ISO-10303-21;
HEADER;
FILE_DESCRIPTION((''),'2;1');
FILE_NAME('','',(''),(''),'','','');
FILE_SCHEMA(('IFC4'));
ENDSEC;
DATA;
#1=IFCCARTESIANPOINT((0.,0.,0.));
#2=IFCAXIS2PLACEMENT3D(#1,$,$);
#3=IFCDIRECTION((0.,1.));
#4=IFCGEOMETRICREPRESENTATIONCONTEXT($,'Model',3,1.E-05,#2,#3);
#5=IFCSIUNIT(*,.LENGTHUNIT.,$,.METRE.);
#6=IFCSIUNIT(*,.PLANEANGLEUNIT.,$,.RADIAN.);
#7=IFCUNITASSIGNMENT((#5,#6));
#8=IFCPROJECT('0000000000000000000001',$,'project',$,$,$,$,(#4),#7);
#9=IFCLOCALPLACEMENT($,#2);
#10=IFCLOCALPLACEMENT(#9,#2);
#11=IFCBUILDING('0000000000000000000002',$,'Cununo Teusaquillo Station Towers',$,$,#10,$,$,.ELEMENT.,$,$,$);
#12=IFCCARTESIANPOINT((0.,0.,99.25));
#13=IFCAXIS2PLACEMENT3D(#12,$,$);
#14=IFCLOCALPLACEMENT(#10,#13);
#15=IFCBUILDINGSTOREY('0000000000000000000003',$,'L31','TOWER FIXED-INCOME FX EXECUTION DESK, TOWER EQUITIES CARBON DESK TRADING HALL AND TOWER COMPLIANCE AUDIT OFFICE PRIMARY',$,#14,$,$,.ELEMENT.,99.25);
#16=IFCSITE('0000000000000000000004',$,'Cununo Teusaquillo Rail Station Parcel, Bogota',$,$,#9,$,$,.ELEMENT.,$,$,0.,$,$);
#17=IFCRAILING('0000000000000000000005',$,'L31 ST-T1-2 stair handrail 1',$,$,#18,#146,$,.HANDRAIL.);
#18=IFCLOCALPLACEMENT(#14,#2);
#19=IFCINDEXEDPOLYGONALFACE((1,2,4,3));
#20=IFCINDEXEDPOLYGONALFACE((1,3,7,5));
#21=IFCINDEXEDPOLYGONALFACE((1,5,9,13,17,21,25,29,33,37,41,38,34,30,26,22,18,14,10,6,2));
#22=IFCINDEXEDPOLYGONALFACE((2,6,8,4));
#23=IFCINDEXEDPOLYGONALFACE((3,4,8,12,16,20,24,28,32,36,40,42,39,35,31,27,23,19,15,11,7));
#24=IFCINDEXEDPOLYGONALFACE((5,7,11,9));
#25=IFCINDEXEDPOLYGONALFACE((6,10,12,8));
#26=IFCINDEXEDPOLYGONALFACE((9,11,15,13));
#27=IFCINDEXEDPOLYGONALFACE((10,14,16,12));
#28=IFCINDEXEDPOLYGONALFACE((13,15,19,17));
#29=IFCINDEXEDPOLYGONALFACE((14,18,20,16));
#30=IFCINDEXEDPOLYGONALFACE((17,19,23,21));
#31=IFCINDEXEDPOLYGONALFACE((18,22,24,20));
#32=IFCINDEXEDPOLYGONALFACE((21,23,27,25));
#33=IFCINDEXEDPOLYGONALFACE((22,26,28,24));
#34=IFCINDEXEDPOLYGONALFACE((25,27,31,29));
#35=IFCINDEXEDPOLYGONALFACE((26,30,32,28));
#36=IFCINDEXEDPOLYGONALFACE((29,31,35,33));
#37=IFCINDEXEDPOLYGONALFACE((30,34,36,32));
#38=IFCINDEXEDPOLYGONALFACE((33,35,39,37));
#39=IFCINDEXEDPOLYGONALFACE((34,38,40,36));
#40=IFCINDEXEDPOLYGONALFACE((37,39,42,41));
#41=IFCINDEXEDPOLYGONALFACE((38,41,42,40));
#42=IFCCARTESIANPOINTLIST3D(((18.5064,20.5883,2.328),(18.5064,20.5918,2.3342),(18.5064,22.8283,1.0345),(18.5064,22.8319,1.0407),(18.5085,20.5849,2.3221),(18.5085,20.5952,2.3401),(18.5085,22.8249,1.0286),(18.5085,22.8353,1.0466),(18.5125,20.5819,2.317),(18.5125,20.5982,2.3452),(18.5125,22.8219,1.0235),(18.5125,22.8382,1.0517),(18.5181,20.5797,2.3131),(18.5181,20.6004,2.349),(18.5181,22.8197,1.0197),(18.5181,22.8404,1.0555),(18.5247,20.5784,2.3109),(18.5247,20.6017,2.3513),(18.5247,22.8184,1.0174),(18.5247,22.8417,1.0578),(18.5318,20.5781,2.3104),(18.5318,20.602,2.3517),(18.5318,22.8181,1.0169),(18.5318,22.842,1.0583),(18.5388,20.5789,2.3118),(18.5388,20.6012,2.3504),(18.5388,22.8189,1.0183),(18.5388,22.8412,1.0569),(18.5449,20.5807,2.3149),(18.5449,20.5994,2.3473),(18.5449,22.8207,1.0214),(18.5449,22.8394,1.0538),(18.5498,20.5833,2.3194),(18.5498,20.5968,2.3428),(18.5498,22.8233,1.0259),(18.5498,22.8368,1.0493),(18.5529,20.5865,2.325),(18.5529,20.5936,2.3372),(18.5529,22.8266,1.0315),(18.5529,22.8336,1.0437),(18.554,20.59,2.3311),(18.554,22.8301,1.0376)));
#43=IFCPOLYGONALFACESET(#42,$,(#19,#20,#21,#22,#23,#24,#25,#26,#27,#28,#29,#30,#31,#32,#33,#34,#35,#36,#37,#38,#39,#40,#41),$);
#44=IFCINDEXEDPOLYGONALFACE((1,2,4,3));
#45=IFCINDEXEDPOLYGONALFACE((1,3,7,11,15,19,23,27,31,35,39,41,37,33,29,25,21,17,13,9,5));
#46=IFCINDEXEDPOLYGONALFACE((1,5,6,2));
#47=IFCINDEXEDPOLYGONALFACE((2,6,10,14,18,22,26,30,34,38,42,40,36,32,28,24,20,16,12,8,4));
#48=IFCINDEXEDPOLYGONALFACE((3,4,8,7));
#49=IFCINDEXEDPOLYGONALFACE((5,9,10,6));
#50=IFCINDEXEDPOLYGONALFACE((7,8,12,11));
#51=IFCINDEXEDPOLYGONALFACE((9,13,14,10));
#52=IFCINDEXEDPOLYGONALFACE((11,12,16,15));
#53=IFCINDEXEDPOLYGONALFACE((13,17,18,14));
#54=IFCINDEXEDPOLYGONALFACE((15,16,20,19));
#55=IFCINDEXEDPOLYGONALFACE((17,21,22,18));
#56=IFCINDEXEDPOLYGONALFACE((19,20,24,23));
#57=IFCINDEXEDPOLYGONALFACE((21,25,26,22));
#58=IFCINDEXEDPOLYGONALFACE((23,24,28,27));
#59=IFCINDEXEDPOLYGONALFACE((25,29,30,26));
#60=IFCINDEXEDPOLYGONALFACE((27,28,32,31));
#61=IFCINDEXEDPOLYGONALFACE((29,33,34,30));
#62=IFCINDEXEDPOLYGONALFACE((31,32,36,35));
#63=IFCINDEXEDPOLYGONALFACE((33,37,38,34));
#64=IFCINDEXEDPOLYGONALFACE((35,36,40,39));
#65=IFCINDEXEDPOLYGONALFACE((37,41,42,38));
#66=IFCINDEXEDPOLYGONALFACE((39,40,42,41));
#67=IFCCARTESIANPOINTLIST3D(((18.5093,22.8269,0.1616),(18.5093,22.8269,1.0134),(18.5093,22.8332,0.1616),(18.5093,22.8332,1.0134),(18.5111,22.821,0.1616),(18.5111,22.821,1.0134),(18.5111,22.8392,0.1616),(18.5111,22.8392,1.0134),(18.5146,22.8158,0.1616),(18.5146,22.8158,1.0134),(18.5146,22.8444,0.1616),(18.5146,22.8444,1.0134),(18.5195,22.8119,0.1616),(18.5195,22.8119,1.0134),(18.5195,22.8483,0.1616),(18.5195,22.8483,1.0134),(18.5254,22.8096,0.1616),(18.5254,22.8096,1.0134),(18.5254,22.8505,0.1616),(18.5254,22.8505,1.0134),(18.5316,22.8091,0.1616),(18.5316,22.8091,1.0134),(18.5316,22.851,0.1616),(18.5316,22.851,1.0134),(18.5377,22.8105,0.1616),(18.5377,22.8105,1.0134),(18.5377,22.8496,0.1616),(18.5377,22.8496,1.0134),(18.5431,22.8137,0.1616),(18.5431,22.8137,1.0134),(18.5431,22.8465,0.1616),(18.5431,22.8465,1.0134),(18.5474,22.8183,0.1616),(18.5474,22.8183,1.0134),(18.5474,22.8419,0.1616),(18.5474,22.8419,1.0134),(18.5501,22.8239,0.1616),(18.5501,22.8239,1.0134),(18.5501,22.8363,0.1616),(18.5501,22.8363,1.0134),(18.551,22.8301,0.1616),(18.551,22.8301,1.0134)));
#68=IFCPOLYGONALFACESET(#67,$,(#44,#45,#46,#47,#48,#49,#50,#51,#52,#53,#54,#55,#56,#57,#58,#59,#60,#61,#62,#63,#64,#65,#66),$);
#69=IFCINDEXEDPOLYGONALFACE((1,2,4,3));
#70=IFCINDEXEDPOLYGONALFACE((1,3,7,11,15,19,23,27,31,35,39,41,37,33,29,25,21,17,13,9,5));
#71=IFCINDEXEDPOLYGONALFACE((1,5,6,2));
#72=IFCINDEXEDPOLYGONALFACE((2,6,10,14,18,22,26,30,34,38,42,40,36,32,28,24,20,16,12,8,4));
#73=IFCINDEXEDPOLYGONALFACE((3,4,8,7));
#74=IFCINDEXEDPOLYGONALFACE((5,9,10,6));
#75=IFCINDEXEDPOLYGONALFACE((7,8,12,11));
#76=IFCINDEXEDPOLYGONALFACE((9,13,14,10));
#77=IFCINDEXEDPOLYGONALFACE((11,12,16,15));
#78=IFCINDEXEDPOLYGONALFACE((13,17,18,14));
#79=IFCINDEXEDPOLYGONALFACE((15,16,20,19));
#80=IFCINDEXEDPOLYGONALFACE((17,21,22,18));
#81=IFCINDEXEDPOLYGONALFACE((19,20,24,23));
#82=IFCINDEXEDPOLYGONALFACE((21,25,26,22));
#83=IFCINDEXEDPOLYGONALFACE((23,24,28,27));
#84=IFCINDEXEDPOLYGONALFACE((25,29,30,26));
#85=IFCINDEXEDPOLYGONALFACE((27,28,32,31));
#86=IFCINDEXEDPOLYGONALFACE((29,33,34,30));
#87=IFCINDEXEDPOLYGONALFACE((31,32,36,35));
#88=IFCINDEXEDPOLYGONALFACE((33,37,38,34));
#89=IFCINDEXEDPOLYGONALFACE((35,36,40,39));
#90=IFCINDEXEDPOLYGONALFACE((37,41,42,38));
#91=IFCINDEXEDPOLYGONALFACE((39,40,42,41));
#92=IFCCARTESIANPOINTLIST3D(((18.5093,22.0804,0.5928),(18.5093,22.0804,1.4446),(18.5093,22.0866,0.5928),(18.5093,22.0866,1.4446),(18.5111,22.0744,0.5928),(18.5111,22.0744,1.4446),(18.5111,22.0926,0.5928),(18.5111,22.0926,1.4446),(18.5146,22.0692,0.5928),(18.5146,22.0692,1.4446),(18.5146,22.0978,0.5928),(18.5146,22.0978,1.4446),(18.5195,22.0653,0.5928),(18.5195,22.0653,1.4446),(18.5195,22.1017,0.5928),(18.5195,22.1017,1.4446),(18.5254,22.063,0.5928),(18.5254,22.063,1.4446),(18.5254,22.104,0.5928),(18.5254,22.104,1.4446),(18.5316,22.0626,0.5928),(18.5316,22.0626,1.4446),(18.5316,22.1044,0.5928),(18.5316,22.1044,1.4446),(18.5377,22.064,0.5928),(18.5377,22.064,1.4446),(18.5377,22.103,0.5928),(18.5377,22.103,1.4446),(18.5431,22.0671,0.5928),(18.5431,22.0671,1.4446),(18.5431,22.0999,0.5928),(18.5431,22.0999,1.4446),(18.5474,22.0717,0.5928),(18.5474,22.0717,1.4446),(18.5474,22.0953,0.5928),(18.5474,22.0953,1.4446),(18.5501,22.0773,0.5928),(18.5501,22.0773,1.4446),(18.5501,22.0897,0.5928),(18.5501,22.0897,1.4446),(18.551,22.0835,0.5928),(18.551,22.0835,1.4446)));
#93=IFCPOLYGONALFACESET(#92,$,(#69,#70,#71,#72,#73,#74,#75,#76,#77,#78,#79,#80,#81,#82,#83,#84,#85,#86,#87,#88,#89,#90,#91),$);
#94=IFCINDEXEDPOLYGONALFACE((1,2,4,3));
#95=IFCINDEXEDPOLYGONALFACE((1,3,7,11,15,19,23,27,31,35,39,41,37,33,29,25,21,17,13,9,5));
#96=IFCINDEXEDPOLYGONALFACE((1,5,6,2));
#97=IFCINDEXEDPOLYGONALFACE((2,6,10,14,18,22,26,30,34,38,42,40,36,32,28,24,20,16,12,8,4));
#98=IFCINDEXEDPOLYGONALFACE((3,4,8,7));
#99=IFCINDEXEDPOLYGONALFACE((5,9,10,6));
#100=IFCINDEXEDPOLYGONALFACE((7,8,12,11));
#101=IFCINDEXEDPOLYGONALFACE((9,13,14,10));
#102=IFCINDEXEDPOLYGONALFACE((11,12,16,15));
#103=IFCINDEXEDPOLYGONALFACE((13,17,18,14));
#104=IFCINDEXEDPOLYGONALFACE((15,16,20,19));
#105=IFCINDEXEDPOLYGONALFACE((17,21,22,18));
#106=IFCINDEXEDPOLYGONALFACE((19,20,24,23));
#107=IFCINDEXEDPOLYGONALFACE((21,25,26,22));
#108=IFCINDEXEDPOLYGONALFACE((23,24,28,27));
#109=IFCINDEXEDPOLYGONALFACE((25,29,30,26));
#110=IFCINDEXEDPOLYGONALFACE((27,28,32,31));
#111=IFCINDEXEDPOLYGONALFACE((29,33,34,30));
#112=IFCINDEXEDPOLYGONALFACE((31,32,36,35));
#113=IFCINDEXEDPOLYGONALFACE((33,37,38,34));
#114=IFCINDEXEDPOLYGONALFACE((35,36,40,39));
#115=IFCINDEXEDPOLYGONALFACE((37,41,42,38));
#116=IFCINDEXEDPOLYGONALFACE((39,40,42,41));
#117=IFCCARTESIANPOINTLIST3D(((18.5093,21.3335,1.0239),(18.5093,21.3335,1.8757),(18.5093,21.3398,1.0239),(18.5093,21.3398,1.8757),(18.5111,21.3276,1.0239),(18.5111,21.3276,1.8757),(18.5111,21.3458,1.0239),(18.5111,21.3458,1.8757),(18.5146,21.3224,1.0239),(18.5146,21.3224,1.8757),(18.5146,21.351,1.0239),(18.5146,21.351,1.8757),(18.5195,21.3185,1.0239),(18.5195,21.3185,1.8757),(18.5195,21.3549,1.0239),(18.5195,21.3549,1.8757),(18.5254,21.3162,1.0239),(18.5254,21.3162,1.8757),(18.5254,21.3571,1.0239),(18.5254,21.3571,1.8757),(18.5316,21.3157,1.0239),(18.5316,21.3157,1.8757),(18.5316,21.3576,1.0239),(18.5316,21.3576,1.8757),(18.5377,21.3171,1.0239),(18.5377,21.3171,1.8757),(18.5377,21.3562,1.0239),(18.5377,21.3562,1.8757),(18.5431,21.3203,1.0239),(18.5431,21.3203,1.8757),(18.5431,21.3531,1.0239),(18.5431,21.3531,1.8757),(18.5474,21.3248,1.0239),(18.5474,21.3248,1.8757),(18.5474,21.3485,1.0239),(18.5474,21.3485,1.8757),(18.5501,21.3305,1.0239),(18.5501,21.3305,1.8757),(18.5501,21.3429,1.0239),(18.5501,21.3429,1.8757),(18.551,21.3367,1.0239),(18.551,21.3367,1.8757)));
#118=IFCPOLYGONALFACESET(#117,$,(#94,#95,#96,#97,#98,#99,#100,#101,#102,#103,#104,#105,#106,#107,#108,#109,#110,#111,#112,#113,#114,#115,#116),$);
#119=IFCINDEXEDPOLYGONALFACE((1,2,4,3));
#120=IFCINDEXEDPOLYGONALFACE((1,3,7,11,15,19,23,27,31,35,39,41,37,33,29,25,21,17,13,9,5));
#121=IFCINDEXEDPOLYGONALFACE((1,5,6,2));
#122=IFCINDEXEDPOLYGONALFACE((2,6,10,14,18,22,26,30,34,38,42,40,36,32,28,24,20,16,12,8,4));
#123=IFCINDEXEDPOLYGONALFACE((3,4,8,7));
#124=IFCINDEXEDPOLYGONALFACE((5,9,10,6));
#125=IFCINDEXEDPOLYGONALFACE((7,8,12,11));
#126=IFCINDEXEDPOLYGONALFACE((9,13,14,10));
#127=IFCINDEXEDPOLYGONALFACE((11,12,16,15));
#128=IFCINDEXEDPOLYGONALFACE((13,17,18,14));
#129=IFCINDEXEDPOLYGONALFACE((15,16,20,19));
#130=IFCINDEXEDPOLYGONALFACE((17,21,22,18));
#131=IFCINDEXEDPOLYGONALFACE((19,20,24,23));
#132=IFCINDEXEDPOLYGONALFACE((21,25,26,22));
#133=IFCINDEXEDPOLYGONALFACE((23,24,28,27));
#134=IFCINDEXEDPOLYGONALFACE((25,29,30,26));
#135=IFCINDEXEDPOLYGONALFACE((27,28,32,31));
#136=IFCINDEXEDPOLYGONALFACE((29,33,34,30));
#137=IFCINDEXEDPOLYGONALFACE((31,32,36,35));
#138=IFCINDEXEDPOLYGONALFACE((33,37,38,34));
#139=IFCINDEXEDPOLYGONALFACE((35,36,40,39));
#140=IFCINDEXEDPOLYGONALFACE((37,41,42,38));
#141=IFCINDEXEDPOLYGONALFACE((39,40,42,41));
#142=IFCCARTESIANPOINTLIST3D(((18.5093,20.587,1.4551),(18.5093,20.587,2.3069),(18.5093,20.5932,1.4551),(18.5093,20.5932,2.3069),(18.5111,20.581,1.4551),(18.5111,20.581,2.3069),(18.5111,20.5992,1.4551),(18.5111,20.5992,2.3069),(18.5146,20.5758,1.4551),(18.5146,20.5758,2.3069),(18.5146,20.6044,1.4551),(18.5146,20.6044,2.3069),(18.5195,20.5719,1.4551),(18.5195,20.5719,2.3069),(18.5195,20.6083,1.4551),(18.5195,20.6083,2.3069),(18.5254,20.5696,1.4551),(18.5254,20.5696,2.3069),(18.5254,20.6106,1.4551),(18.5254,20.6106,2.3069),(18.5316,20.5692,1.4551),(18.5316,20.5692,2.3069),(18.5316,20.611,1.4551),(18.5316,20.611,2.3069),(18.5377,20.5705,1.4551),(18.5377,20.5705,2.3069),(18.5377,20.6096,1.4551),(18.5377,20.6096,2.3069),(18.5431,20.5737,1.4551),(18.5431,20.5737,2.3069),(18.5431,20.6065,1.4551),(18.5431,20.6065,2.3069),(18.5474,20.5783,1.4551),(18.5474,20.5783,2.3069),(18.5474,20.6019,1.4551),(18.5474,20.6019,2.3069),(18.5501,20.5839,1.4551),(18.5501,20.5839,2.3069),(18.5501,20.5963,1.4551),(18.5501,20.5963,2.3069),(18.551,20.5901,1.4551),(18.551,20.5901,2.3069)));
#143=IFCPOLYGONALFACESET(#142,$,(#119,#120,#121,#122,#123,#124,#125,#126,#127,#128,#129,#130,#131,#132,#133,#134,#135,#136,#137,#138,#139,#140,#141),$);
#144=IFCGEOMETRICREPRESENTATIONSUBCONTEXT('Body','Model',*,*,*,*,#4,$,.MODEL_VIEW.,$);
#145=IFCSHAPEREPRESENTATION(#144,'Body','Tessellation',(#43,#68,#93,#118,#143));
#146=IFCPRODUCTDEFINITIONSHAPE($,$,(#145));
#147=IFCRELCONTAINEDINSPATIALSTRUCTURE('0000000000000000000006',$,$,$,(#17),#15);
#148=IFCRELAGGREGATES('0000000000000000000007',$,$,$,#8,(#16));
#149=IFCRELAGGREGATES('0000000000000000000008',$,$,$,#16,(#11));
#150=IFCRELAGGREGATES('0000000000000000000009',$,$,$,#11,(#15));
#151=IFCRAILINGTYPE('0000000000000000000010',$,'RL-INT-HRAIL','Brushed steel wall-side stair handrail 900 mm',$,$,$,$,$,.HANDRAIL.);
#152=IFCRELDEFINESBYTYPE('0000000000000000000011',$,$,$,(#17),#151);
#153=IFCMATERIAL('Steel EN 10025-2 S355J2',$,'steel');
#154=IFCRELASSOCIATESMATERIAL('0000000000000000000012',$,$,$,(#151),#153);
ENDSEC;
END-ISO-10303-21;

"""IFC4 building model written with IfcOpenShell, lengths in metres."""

from ifc_helpers import new_model, si_unit, direction, frame, origin, origin_2d, place, context, subcontext, project, spatial, circle, extrude, material, type_object, element, save


model = new_model("IFC4")

# Units and contexts
model_context = context("Model", 3, precision=1e-05, world=origin(), true_north=direction((0.0, 1.0)))
body_context = subcontext(model_context, "Body", "Model", "MODEL_VIEW")
ifc_project = project(units=[si_unit("LENGTHUNIT", "METRE"), si_unit("PLANEANGLEUNIT", "RADIAN")], contexts=[model_context])

# Site, building, storey
site_placement = place(None, origin())
site = spatial("IfcSite", under=ifc_project, at=site_placement, Name="Cununo Teusaquillo Rail Station Parcel, Bogota", CompositionType="ELEMENT", RefElevation=0.0)
building_placement = place(site_placement, origin())
building = spatial("IfcBuilding", under=site, at=building_placement, Name="Cununo Teusaquillo Station Towers", CompositionType="ELEMENT")
storey_placement = place(building_placement, frame((0.0, 0.0, 99.25)))
storey = spatial("IfcBuildingStorey", under=building, at=storey_placement, Name="L31", Description="TOWER FIXED-INCOME FX EXECUTION DESK, TOWER EQUITIES CARBON DESK TRADING HALL AND TOWER COMPLIANCE AUDIT OFFICE PRIMARY", CompositionType="ELEMENT", Elevation=99.25)

# Railing
ifc_material_1 = material(Name="Steel EN 10025-2 S355J2", Category="steel")
railing_type_1 = type_object("IfcRailingType", Name="RL-INT-HRAIL", Description="Brushed steel wall-side stair handrail 900 mm", PredefinedType="HANDRAIL", material=ifc_material_1)
railing_1_placement = place(storey_placement, frame((18.53, 22.8301, 0.1616)))
element("IfcRailing", 1, at=railing_1_placement, inside=storey, type_object=railing_type_1, Name="L31 ST-T1-2 stair handrail 1", PredefinedType="HANDRAIL", context=body_context, shape_type="SweptSolid", body=[
    extrude(circle(Radius=0.0239, at=origin_2d()), frame((0.0, 0.0, 0.876), z_axis=(0.0, -0.865992, 0.500057), x_axis=(1.0, 0.0, 0.0)), (0.0, 0.0, 1.0), 2.5867),
    extrude(circle(Radius=0.021, at=origin_2d()), origin(), (0.0, 0.0, 1.0), 0.8518),
    extrude(circle(Radius=0.021, at=origin_2d()), frame((0.0, -0.7466, 0.4312)), (0.0, 0.0, 1.0), 0.8518),
    extrude(circle(Radius=0.021, at=origin_2d()), frame((0.0, -1.4934, 0.8623)), (0.0, 0.0, 1.0), 0.8518),
    extrude(circle(Radius=0.021, at=origin_2d()), frame((0.0, -2.24, 1.2935)), (0.0, 0.0, 1.0), 0.8518),
])

save(model, "model.ifc")
